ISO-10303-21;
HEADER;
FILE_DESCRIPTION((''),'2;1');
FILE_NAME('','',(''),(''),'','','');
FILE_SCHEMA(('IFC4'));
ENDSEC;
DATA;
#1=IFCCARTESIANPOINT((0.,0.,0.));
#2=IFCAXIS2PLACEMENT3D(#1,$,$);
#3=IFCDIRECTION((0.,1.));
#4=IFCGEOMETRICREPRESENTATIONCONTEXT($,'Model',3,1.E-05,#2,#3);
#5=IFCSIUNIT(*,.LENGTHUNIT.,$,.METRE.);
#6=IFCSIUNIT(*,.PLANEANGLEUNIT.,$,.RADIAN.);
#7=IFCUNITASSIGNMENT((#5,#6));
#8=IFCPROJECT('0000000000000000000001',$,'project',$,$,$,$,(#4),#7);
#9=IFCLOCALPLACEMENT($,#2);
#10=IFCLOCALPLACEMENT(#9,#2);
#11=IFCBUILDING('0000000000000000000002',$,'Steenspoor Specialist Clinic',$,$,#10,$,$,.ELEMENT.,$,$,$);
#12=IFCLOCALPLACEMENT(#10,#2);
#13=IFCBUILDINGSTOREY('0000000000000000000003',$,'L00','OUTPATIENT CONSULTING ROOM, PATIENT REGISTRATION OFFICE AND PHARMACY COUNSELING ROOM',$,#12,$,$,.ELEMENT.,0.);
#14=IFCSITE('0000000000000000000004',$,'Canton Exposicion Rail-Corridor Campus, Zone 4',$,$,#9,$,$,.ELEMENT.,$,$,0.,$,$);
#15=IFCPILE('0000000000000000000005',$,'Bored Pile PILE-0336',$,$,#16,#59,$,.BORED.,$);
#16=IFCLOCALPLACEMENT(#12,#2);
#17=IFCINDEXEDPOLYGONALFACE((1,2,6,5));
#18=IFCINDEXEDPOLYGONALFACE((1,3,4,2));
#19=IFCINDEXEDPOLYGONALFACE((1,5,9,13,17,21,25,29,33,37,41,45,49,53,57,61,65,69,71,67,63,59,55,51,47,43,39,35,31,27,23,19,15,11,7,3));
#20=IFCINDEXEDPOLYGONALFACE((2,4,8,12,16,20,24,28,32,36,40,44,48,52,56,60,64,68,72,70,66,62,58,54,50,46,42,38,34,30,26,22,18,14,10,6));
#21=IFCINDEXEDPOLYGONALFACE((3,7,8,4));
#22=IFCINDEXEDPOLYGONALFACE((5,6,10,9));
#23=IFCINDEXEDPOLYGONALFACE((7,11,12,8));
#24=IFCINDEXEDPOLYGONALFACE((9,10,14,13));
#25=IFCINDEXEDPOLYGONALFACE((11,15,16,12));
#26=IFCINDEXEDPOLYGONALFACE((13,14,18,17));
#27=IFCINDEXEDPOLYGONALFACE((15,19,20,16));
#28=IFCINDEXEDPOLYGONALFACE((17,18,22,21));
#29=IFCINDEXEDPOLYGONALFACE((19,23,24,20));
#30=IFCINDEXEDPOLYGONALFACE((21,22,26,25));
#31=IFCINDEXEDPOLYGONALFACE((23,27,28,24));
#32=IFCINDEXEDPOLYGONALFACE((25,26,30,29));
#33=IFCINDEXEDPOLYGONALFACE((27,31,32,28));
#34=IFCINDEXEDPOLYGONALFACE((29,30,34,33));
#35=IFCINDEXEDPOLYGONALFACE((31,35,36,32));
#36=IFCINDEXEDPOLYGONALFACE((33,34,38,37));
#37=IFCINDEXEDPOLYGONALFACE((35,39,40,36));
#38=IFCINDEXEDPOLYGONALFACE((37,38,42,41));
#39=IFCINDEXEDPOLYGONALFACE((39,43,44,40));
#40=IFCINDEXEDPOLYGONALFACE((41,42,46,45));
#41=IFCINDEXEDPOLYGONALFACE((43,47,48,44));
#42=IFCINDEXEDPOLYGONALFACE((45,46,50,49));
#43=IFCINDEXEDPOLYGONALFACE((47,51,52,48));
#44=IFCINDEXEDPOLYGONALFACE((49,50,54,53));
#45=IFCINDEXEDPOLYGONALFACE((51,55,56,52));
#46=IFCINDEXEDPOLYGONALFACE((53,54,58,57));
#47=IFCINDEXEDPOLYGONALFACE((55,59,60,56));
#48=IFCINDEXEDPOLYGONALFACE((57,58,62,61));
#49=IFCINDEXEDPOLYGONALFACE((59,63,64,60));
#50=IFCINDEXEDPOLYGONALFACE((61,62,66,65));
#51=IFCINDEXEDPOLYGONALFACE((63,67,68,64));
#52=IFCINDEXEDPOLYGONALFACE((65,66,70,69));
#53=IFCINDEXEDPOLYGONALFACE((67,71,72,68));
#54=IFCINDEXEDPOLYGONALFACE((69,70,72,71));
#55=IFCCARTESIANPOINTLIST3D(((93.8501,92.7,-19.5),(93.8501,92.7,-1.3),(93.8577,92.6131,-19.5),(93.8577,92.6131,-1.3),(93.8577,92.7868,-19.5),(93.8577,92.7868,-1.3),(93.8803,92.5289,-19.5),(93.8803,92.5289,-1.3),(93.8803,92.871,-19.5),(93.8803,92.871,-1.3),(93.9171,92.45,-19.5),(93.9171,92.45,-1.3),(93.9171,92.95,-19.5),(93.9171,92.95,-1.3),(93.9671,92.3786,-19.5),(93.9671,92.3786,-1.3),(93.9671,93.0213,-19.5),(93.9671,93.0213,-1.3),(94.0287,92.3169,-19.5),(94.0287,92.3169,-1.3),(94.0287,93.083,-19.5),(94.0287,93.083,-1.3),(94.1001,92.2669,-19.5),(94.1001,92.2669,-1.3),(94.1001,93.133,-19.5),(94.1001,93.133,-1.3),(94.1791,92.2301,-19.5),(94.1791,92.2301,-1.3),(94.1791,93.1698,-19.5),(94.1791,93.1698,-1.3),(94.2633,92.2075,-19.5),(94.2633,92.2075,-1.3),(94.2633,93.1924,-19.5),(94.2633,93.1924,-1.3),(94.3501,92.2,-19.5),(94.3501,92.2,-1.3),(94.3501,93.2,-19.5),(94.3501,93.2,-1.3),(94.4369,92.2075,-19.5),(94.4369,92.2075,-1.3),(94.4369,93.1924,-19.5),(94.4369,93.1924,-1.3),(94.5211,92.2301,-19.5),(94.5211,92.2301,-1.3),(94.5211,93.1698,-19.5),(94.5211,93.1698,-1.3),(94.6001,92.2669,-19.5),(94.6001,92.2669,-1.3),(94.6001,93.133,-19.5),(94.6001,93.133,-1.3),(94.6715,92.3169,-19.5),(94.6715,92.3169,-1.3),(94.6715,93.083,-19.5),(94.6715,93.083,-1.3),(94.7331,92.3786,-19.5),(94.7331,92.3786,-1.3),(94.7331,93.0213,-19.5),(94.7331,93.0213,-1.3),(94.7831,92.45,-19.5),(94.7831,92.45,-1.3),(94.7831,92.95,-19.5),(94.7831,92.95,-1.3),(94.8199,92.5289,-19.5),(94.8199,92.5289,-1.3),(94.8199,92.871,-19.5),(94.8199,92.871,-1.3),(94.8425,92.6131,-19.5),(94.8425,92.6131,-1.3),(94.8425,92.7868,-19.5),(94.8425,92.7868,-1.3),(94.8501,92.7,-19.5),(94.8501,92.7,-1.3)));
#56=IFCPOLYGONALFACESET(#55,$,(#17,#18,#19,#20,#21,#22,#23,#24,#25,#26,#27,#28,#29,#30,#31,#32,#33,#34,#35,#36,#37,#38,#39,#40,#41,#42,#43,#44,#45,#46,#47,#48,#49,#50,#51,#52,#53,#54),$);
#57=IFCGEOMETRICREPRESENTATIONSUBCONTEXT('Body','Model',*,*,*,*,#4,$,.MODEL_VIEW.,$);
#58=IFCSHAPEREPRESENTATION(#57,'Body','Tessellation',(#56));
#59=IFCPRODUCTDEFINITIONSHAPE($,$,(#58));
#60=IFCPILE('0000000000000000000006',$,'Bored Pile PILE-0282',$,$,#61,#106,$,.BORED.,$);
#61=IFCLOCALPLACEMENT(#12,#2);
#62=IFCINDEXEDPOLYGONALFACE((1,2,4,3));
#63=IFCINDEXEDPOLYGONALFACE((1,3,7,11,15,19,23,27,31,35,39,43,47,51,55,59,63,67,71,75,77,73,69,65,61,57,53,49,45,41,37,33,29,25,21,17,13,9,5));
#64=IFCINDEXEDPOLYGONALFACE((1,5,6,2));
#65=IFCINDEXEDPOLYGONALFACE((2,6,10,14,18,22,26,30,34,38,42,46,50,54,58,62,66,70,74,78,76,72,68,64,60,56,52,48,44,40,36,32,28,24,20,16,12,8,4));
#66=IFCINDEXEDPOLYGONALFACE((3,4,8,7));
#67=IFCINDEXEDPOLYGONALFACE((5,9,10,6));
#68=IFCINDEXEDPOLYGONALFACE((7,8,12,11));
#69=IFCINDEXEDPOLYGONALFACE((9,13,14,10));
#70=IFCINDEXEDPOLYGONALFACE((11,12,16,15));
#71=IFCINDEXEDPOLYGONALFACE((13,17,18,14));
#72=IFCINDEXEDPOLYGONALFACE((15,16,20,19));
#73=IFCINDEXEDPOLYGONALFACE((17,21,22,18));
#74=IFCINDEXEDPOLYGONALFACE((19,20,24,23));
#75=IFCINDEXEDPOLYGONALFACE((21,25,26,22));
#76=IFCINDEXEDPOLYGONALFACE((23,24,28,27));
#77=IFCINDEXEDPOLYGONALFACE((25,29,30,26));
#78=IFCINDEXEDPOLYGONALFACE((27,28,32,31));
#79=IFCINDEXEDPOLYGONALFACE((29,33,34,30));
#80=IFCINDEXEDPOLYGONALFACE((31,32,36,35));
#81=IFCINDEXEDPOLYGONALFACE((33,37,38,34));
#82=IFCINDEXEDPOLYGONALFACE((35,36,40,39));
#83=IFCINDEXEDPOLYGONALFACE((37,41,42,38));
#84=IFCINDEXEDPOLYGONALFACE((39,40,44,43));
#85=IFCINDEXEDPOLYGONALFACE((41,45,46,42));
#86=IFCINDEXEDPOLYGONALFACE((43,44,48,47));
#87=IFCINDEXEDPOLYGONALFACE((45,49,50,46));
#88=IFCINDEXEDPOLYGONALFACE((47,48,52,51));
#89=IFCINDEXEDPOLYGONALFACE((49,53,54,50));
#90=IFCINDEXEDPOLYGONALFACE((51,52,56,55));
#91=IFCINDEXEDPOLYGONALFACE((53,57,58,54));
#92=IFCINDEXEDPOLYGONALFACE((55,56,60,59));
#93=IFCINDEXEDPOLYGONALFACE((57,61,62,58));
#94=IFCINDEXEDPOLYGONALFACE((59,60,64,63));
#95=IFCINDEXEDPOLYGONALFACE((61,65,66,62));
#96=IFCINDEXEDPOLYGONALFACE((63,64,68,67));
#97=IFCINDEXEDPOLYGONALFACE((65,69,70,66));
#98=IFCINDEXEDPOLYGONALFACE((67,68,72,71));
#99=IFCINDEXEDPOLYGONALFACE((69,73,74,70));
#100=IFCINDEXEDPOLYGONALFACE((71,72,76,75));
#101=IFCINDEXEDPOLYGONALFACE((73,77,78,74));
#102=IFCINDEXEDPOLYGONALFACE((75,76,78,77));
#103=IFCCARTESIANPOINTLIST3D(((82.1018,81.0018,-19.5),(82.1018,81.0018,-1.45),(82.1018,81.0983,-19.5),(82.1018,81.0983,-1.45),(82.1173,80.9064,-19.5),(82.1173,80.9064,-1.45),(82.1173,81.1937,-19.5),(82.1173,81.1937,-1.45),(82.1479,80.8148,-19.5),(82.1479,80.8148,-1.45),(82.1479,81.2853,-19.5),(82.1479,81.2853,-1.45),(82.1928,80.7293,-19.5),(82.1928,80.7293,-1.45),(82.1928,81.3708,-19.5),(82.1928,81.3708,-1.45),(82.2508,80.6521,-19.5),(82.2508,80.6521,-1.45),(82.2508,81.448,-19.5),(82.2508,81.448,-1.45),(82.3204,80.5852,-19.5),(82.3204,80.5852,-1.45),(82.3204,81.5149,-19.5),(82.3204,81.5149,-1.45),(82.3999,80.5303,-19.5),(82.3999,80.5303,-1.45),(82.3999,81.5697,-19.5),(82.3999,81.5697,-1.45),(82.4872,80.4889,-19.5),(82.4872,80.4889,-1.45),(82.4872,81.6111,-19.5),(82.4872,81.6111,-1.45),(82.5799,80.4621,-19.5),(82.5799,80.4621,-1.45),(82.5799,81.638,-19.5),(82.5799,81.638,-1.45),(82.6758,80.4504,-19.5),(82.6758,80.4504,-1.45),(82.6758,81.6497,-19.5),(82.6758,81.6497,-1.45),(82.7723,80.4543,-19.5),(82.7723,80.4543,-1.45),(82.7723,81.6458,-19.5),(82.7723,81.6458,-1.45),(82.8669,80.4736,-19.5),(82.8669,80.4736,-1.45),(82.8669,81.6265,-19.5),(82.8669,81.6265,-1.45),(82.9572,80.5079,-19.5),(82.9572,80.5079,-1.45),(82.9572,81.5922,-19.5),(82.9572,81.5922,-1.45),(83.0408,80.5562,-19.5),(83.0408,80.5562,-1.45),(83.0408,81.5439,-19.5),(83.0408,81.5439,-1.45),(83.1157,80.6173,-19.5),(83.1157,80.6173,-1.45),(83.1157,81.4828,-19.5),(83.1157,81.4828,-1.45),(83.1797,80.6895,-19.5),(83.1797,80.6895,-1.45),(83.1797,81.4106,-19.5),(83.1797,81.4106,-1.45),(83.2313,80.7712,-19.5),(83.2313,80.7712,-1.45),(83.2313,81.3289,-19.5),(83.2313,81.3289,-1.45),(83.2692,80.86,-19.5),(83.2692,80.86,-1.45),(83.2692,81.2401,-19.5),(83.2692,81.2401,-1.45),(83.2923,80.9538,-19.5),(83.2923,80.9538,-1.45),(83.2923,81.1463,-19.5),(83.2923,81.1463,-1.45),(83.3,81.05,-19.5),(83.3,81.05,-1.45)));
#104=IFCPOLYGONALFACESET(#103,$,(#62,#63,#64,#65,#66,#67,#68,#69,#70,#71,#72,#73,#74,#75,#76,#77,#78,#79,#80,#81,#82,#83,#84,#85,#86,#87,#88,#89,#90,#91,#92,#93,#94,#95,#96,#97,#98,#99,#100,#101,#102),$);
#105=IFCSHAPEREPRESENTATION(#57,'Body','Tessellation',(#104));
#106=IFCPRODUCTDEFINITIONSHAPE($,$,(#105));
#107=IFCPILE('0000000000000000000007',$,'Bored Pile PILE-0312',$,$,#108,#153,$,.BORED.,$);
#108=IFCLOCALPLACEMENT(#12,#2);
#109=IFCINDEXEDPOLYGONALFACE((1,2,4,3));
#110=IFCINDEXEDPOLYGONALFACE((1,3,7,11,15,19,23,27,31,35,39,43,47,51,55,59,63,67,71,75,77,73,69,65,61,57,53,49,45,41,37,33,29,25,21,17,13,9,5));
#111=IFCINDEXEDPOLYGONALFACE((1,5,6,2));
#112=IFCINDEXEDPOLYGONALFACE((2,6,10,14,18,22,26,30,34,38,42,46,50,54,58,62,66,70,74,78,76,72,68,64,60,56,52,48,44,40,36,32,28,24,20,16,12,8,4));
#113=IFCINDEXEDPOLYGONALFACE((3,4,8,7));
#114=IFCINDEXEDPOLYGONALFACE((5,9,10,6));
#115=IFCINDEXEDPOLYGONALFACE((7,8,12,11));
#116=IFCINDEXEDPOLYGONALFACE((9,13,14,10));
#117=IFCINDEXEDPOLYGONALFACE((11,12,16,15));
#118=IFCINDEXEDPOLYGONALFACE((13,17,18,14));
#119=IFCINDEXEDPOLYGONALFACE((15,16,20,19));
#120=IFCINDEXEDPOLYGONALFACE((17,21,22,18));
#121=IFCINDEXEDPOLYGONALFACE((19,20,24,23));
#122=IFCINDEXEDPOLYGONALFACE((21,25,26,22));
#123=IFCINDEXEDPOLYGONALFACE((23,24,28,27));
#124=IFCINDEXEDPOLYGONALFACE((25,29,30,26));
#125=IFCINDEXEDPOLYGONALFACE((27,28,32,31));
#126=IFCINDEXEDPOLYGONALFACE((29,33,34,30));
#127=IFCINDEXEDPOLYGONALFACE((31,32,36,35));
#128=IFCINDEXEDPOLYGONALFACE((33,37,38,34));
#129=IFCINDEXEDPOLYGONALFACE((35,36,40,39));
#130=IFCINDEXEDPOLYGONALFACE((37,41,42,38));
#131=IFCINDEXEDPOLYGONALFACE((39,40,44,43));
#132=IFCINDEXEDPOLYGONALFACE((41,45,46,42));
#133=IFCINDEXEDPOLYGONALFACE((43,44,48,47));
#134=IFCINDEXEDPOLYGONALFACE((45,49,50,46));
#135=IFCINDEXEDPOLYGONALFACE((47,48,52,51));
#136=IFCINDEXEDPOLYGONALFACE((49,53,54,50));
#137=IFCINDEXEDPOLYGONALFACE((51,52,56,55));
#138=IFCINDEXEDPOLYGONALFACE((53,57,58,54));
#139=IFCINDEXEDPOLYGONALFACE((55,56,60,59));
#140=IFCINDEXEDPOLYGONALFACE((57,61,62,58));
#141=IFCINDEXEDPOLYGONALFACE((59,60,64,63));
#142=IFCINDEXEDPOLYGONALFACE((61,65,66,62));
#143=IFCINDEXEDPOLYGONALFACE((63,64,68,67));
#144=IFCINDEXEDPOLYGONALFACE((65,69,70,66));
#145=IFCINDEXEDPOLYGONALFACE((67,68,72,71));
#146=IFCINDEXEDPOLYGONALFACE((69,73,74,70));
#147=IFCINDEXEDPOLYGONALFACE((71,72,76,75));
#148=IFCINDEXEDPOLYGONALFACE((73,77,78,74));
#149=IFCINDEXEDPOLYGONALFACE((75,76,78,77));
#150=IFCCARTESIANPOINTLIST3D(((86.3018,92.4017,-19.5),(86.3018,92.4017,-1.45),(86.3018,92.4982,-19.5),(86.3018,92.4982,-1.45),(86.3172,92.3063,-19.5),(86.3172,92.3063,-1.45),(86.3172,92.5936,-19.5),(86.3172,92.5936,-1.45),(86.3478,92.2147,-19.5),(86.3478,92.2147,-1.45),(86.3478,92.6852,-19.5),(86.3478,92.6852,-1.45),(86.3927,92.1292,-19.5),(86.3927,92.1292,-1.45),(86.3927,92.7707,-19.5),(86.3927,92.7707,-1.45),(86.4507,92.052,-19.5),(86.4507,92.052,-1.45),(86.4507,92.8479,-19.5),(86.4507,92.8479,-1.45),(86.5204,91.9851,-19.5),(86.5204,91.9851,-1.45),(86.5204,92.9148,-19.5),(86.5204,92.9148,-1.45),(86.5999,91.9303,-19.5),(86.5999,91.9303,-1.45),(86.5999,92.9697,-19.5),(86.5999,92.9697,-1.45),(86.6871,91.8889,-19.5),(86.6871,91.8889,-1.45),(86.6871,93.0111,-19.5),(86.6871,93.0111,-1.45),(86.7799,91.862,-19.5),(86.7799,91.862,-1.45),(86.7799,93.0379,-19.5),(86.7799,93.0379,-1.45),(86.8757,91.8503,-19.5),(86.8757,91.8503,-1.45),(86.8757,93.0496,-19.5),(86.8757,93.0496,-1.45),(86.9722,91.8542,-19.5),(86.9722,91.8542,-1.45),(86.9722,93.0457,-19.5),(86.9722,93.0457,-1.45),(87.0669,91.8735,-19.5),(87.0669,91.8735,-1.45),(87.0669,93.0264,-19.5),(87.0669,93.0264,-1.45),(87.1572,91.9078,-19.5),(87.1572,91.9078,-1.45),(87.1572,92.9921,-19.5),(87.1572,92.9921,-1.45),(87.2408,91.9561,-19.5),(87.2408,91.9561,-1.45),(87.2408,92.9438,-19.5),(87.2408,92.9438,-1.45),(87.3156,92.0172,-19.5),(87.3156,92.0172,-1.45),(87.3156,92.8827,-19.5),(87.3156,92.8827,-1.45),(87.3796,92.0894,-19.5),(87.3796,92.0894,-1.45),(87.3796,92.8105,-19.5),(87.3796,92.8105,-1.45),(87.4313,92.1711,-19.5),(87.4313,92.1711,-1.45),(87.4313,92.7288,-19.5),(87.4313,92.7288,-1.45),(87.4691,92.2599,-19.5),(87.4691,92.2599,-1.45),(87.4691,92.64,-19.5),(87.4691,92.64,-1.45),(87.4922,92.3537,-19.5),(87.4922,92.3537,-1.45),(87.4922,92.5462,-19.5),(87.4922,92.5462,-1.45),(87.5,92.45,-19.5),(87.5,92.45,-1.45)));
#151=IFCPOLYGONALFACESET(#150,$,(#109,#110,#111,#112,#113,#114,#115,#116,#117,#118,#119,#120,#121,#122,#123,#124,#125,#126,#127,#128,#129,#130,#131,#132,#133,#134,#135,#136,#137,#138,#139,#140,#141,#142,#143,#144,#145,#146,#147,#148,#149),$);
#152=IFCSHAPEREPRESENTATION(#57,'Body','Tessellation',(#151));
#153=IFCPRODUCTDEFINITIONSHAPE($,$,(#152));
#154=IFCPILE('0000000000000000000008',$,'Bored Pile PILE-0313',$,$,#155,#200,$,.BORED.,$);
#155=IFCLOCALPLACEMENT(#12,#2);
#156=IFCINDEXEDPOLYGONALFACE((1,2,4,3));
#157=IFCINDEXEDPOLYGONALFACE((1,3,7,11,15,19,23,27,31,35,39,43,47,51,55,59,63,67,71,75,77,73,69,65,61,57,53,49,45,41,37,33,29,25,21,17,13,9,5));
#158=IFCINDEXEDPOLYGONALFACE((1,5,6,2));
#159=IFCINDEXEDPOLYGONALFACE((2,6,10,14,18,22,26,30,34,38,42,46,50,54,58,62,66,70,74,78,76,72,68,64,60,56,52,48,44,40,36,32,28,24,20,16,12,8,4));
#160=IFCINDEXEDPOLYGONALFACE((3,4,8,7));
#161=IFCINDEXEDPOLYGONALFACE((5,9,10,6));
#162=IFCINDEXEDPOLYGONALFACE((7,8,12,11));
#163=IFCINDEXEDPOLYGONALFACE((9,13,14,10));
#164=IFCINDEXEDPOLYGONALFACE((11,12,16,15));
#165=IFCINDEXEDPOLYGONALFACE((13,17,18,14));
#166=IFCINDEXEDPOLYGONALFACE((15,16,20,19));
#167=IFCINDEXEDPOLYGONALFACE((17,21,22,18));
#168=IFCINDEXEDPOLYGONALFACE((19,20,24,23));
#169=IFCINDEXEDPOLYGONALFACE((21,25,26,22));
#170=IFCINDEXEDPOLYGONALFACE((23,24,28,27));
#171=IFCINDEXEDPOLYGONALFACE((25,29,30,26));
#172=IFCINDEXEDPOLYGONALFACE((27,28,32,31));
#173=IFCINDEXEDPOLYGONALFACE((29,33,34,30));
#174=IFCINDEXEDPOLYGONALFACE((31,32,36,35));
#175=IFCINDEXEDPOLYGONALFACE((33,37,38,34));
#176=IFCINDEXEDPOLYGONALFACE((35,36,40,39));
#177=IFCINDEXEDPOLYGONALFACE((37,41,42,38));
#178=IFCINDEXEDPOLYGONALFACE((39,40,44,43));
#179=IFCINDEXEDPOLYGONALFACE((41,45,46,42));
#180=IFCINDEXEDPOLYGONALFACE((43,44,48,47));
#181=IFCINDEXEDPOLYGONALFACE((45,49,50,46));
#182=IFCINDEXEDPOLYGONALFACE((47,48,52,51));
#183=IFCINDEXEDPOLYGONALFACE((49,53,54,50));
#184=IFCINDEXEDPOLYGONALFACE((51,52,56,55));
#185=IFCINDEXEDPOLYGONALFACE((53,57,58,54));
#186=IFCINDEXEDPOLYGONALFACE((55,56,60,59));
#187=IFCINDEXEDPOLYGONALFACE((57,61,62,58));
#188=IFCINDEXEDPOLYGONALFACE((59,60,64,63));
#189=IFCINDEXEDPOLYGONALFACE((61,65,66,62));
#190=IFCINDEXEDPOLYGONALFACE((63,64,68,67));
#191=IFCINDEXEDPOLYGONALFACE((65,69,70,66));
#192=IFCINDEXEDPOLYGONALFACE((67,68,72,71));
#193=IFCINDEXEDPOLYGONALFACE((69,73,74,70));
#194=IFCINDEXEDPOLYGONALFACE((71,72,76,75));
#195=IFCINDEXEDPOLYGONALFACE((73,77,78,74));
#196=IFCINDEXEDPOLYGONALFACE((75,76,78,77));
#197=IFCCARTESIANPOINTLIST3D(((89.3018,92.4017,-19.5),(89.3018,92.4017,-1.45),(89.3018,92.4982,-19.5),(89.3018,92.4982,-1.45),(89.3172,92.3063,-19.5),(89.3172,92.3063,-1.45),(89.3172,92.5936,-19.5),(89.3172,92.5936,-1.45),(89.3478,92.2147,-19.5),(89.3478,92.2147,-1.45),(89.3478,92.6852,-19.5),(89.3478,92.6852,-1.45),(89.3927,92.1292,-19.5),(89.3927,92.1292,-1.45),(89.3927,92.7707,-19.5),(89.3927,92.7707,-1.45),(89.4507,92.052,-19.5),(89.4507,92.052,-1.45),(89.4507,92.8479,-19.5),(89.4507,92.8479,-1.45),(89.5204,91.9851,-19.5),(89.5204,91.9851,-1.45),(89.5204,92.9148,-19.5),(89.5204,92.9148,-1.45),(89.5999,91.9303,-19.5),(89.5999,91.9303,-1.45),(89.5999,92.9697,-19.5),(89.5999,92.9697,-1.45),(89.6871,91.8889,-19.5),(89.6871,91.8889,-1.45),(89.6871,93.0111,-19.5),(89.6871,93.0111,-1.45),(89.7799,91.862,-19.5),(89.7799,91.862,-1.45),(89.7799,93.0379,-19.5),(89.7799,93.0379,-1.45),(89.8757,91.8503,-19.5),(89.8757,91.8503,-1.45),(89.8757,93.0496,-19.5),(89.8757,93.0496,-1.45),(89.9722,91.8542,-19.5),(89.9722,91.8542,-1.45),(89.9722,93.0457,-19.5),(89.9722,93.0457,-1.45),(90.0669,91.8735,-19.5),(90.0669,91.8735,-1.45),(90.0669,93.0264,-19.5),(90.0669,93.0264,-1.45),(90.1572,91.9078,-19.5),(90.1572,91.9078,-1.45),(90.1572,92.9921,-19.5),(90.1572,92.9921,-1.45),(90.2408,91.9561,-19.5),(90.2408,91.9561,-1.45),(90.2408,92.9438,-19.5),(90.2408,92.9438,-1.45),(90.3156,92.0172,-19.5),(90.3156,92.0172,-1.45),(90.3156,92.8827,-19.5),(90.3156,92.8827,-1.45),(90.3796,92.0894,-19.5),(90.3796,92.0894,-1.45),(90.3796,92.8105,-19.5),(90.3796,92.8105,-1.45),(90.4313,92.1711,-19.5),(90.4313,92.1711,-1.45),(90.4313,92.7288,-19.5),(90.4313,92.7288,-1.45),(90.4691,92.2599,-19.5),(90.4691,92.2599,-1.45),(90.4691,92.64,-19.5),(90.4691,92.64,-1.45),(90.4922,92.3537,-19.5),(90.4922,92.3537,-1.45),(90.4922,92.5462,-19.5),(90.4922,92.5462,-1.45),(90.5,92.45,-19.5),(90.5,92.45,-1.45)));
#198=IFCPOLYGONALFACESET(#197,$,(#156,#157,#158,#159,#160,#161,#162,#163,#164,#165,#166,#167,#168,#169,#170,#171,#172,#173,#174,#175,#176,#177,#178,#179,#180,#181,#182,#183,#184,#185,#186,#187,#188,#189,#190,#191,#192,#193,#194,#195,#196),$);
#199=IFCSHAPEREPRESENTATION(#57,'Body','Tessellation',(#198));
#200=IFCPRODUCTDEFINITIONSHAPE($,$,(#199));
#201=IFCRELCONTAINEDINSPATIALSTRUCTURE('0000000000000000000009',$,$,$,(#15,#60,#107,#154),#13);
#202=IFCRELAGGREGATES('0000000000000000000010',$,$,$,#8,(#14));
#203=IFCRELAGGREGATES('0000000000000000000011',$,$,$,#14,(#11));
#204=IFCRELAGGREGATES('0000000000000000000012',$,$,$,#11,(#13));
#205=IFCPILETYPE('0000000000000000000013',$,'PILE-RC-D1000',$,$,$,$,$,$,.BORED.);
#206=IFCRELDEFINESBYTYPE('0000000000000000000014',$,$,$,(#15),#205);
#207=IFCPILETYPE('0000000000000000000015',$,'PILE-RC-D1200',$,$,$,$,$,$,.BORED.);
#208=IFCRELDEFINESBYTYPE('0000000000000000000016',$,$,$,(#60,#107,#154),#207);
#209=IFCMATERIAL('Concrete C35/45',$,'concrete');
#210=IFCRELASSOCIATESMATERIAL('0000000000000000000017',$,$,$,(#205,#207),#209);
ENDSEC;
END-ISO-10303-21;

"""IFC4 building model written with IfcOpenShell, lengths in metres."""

from ifc_helpers import new_model, si_unit, direction, frame, origin, origin_2d, place, context, subcontext, project, spatial, circle, extrude, material, material_profile, profile_set, type_object, element, save


model = new_model("IFC4")

# Units and contexts
model_context = context("Model", 3, precision=1e-05, world=origin(), true_north=direction((0.0, 1.0)))
body_context = subcontext(model_context, "Body", "Model", "MODEL_VIEW")
ifc_project = project(units=[si_unit("LENGTHUNIT", "METRE"), si_unit("PLANEANGLEUNIT", "RADIAN")], contexts=[model_context])

# Site, building, storey
site_placement = place(None, origin())
site = spatial("IfcSite", under=ifc_project, at=site_placement, Name="Canton Exposicion Rail-Corridor Campus, Zone 4", CompositionType="ELEMENT", RefElevation=0.0)
building_placement = place(site_placement, origin())
building = spatial("IfcBuilding", under=site, at=building_placement, Name="Steenspoor Specialist Clinic", CompositionType="ELEMENT")
storey_placement = place(building_placement, origin())
storey = spatial("IfcBuildingStorey", under=building, at=storey_placement, Name="L00", Description="OUTPATIENT CONSULTING ROOM, PATIENT REGISTRATION OFFICE AND PHARMACY COUNSELING ROOM", CompositionType="ELEMENT", Elevation=0.0)

# Shared definitions
ifc_material_1 = material(Name="Concrete C35/45", Category="concrete")

# Piles
ifc_material_profile_1 = material_profile(ifc_material_1, circle(Radius=0.5, at=origin_2d()), Name="PILE-D1000")
ifc_profile_set_1 = profile_set([ifc_material_profile_1], Name="Concrete C35/45")
pile_type_1 = type_object("IfcPileType", Name="PILE-RC-D1000", PredefinedType="BORED", material=ifc_profile_set_1)
for number, where, z_axis, x_axis, name in (
    (1, (94.3501, 92.7, -1.3), (0.0, 0.0, -1.0), (1.0, 0.0, 0.0), "Bored Pile PILE-0336"),
):
    element("IfcPile", number, at=place(storey_placement, frame(where, z_axis=z_axis, x_axis=x_axis)), inside=storey, type_object=pile_type_1, Name=name, PredefinedType="BORED", context=body_context, shape_type="SweptSolid", body=[
        extrude(circle(Radius=0.5, at=origin_2d()), origin(), (0.0, 0.0, 1.0), 18.2),
    ])
ifc_material_profile_2 = material_profile(ifc_material_1, circle(Radius=0.6001, at=origin_2d()), Name="PILE-D1200")
ifc_profile_set_2 = profile_set([ifc_material_profile_2], Name="Concrete C35/45")
pile_type_2 = type_object("IfcPileType", Name="PILE-RC-D1200", PredefinedType="BORED", material=ifc_profile_set_2)
for number, where, z_axis, x_axis, name in (
    (2, (82.7, 81.05, -1.45), (0.0, 0.0, -1.0), (1.0, 0.0, 0.0), "Bored Pile PILE-0282"),
    (3, (86.8999, 92.45, -1.45), (0.0, 0.0, -1.0), (1.0, 0.0, 0.0), "Bored Pile PILE-0312"),
    (4, (89.8999, 92.45, -1.45), (0.0, 0.0, -1.0), (1.0, 0.0, 0.0), "Bored Pile PILE-0313"),
):
    element("IfcPile", number, at=place(storey_placement, frame(where, z_axis=z_axis, x_axis=x_axis)), inside=storey, type_object=pile_type_2, Name=name, PredefinedType="BORED", context=body_context, shape_type="SweptSolid", body=[
        extrude(circle(Radius=0.6001, at=origin_2d()), origin(), (0.0, 0.0, 1.0), 18.05),
    ])

save(model, "model.ifc")
